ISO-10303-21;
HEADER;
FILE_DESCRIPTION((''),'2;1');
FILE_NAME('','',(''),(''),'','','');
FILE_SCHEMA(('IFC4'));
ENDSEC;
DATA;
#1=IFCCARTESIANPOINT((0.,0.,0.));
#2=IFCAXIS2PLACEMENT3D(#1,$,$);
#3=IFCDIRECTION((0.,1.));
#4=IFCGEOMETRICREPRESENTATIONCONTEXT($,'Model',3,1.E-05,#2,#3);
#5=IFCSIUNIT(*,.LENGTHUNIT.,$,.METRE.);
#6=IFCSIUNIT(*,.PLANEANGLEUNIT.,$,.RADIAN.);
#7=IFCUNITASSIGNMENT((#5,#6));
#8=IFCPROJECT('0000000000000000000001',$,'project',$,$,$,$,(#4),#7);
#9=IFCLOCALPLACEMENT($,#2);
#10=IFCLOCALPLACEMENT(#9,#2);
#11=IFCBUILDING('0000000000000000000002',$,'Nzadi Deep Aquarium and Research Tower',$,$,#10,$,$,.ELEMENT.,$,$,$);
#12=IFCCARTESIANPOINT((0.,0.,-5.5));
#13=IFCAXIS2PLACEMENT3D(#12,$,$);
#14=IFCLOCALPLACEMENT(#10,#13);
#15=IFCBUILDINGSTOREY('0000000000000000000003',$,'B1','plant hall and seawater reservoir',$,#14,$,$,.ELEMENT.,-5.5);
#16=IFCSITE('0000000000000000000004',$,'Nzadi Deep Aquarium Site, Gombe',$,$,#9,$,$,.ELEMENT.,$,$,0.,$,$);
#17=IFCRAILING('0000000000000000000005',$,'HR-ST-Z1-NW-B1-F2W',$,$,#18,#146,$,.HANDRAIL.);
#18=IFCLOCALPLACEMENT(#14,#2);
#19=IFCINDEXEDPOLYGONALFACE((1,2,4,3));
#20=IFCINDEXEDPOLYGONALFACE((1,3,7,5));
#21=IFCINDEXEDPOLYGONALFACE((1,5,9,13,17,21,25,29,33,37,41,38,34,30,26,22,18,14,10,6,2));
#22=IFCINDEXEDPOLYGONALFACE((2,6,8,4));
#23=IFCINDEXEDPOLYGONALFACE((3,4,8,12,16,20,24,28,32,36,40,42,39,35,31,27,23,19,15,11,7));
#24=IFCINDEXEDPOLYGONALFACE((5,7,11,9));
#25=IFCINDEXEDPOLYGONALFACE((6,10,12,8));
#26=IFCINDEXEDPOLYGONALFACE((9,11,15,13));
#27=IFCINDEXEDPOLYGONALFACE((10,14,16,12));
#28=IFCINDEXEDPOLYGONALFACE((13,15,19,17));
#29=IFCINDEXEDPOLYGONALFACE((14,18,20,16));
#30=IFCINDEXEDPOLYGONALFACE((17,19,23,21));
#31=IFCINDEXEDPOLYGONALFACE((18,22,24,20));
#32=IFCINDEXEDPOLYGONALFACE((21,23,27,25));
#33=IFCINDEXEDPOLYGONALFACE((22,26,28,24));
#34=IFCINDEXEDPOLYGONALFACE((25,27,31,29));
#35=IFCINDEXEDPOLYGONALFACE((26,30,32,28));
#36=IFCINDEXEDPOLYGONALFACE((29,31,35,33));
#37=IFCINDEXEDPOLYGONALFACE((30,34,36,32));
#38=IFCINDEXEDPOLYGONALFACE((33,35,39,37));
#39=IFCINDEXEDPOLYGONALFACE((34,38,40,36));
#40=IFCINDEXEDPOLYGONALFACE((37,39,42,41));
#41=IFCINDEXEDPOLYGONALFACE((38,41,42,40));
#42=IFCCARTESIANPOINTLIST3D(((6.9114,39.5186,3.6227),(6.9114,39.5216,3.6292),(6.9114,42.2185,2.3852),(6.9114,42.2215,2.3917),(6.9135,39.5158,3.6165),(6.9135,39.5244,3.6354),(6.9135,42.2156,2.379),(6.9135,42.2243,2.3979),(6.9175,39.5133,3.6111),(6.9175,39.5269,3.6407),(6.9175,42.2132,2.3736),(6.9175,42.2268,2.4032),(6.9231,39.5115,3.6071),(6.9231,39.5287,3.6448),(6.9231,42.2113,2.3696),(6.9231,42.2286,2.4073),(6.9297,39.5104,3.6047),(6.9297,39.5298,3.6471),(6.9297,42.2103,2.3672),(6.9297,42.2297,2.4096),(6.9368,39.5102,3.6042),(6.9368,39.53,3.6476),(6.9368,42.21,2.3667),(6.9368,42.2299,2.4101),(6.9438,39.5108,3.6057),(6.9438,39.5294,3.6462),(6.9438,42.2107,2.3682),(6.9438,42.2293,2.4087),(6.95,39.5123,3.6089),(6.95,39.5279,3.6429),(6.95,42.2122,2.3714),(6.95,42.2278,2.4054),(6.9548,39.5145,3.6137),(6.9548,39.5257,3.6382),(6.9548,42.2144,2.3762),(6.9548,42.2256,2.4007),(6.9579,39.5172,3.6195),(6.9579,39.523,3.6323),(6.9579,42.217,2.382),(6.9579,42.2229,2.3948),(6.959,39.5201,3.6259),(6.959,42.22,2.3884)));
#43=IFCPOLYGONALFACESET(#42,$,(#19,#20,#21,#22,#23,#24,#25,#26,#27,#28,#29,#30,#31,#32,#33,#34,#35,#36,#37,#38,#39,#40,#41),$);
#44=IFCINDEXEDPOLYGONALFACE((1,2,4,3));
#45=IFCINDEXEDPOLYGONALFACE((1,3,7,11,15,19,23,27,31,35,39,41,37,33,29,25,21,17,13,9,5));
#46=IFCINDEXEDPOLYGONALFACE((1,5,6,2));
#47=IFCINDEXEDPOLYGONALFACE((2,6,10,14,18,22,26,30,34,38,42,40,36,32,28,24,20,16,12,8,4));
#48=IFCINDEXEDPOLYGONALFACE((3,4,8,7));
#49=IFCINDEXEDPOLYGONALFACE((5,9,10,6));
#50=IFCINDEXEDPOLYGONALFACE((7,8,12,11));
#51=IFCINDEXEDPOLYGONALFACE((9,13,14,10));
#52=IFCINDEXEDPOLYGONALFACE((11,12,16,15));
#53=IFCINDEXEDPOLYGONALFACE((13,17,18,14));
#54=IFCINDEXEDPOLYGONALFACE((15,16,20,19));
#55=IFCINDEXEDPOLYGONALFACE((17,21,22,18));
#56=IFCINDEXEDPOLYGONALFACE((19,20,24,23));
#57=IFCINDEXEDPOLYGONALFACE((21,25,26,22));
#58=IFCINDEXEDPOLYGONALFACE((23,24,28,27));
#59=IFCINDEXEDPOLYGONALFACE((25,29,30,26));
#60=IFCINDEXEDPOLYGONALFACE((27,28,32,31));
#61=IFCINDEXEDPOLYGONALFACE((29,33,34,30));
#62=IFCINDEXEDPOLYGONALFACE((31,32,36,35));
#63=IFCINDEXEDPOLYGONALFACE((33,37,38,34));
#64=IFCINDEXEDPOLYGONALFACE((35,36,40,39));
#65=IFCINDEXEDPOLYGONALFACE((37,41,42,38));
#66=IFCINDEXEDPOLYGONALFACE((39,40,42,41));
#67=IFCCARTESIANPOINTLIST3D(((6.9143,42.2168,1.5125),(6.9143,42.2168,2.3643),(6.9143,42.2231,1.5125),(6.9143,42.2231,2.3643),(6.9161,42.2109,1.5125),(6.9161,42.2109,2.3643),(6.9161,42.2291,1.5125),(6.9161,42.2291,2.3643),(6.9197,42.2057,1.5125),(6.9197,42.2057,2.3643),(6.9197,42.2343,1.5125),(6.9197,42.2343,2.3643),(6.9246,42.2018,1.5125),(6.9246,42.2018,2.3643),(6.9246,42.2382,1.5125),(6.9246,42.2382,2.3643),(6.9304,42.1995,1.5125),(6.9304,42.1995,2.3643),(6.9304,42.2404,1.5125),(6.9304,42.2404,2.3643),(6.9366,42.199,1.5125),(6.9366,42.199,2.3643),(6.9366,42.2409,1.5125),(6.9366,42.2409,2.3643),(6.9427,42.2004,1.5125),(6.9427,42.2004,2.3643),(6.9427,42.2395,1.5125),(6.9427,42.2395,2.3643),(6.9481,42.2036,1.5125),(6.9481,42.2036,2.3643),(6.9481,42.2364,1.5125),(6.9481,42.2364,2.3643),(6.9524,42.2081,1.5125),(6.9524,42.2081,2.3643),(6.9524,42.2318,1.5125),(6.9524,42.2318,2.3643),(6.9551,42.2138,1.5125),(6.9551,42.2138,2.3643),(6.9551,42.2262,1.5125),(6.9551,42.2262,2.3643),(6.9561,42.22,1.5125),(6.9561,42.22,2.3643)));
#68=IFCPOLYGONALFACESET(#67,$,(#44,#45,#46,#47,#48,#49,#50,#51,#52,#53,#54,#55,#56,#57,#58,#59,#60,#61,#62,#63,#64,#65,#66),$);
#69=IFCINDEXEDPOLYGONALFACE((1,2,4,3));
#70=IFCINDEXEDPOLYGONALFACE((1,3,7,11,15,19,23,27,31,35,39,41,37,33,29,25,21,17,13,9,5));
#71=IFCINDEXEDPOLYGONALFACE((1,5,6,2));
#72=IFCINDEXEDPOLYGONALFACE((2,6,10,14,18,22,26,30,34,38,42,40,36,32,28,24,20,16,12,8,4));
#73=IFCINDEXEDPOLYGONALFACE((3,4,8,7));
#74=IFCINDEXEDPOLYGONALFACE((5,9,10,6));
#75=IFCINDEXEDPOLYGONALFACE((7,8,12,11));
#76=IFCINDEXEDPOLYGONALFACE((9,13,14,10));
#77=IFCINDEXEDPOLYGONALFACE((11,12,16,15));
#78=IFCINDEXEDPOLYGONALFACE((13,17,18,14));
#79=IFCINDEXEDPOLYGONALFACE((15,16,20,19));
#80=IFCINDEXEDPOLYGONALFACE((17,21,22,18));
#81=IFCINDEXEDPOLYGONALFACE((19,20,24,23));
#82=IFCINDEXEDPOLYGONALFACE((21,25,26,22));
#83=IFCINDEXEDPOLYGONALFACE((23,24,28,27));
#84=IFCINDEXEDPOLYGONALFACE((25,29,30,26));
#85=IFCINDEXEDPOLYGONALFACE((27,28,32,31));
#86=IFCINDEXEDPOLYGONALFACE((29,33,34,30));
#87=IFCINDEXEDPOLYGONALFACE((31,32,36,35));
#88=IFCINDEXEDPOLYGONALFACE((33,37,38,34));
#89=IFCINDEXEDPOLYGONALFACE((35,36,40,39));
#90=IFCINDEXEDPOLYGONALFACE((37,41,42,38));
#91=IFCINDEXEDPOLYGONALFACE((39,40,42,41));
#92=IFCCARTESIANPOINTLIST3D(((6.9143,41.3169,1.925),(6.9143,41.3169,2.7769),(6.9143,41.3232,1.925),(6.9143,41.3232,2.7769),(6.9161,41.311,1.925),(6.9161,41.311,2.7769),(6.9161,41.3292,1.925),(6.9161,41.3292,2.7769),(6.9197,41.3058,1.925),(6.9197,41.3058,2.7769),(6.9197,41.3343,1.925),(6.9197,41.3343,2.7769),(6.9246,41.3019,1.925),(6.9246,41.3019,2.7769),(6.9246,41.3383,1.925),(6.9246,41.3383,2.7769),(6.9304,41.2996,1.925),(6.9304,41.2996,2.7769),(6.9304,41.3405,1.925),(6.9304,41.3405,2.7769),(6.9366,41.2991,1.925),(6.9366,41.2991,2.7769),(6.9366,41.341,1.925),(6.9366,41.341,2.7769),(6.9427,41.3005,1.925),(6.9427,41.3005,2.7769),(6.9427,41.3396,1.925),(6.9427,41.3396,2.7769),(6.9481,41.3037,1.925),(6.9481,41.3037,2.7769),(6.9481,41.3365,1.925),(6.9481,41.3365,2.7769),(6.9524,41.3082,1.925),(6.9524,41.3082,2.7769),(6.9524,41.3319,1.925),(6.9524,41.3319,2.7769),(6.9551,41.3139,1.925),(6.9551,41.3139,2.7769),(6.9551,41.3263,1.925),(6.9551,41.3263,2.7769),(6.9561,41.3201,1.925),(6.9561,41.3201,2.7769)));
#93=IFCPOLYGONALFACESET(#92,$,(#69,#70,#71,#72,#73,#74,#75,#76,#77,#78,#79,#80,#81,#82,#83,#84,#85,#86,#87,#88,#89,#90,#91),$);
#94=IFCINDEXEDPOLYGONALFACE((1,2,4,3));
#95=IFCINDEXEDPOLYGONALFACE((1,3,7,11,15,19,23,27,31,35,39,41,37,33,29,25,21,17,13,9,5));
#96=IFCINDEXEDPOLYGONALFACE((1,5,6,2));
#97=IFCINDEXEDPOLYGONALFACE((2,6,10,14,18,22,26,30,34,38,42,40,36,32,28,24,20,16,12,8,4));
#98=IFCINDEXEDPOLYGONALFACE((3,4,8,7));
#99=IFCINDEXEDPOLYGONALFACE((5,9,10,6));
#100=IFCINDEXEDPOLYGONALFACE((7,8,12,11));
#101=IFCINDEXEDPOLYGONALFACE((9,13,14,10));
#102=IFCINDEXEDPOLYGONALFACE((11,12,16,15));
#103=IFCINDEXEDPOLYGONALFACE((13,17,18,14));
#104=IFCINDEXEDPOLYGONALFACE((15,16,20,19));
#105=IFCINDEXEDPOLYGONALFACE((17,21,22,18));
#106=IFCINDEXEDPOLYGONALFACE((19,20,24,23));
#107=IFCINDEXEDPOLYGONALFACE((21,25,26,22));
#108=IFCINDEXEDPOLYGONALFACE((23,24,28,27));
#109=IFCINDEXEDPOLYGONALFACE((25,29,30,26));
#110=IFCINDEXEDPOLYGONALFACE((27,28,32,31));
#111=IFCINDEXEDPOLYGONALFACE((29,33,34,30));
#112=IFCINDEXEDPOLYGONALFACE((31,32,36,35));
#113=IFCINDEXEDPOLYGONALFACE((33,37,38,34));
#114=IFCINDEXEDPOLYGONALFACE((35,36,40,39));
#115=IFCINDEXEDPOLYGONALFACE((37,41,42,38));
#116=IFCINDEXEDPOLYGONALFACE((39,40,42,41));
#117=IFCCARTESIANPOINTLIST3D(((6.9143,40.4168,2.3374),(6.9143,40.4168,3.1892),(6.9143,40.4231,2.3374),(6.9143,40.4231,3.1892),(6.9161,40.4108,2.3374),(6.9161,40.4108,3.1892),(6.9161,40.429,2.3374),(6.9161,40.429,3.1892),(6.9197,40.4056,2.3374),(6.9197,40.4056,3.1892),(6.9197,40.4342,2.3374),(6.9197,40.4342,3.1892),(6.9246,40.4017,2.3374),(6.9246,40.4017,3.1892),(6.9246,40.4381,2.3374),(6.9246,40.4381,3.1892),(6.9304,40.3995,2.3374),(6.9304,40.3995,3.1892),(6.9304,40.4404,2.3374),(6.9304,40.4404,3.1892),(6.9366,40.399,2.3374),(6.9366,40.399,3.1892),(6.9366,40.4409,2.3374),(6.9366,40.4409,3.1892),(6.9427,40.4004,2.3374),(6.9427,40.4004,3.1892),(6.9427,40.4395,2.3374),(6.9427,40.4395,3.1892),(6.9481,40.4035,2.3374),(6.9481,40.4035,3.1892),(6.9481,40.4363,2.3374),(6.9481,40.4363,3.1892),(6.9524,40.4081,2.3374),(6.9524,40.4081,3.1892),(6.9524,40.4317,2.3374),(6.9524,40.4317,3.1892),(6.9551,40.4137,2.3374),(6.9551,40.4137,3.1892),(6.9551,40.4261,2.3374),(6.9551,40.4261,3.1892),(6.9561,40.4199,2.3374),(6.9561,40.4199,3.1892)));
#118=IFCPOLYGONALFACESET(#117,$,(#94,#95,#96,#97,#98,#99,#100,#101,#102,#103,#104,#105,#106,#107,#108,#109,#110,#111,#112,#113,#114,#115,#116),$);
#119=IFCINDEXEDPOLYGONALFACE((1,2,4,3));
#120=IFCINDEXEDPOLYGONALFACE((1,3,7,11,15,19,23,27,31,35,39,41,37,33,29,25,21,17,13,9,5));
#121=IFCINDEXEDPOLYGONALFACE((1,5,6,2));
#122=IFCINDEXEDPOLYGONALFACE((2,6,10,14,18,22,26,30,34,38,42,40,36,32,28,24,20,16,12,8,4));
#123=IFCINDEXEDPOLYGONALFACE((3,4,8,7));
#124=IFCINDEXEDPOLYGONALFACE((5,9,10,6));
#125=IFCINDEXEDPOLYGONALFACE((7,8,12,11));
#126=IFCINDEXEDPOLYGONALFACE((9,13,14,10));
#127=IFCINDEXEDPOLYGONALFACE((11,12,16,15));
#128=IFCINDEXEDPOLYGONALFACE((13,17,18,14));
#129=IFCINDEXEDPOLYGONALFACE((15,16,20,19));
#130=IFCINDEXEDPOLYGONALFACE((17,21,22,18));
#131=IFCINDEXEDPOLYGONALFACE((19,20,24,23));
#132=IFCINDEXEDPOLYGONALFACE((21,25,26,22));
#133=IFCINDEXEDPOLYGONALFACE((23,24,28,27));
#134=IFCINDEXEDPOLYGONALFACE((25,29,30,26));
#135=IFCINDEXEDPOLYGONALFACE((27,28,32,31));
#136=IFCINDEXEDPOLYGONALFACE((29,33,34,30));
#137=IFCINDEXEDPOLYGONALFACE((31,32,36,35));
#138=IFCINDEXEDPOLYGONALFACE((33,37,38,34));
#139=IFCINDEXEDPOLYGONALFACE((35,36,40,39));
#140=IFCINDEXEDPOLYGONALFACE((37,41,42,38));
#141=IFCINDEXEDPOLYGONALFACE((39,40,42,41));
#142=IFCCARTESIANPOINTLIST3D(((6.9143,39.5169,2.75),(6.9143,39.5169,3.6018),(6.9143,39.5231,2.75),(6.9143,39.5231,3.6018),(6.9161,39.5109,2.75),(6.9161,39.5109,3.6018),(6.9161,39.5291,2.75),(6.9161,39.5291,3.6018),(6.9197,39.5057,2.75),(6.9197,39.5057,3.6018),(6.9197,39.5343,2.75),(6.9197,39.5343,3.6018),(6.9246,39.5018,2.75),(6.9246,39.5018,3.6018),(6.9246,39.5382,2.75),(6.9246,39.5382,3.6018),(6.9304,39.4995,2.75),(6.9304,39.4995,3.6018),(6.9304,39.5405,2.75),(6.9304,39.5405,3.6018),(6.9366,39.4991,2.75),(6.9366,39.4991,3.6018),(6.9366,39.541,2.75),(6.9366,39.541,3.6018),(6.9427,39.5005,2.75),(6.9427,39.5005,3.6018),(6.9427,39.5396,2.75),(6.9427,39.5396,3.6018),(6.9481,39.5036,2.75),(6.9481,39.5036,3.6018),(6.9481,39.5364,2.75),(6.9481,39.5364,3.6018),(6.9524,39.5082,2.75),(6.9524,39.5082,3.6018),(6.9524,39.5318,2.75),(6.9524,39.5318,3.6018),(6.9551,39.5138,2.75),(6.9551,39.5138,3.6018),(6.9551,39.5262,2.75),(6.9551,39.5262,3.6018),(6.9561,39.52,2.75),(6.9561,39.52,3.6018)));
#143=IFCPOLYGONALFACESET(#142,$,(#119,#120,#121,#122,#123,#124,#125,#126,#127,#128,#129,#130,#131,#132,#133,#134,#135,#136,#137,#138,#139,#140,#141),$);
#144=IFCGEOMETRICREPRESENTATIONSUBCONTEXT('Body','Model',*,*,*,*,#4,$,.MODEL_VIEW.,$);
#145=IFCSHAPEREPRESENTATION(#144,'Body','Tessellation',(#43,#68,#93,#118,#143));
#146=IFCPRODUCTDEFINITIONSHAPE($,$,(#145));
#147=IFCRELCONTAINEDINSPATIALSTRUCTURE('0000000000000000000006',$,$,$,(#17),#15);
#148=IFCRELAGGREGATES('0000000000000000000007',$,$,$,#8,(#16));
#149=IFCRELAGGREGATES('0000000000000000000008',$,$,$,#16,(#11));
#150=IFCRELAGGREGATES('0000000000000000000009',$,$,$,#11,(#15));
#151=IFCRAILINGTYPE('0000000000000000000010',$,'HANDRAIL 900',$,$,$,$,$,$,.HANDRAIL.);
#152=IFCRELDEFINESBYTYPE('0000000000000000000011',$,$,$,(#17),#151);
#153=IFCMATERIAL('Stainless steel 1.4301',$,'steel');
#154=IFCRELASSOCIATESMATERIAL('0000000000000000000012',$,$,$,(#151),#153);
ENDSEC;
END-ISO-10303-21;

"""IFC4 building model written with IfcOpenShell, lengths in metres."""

from ifc_helpers import new_model, si_unit, direction, frame, origin, origin_2d, place, context, subcontext, project, spatial, circle, extrude, material, type_object, element, save


model = new_model("IFC4")

# Units and contexts
model_context = context("Model", 3, precision=1e-05, world=origin(), true_north=direction((0.0, 1.0)))
body_context = subcontext(model_context, "Body", "Model", "MODEL_VIEW")
ifc_project = project(units=[si_unit("LENGTHUNIT", "METRE"), si_unit("PLANEANGLEUNIT", "RADIAN")], contexts=[model_context])

# Site, building, storey
site_placement = place(None, origin())
site = spatial("IfcSite", under=ifc_project, at=site_placement, Name="Nzadi Deep Aquarium Site, Gombe", CompositionType="ELEMENT", RefElevation=0.0)
building_placement = place(site_placement, origin())
building = spatial("IfcBuilding", under=site, at=building_placement, Name="Nzadi Deep Aquarium and Research Tower", CompositionType="ELEMENT")
storey_placement = place(building_placement, frame((0.0, 0.0, -5.5)))
storey = spatial("IfcBuildingStorey", under=building, at=storey_placement, Name="B1", Description="plant hall and seawater reservoir", CompositionType="ELEMENT", Elevation=-5.5)

# Railing
ifc_material_1 = material(Name="Stainless steel 1.4301", Category="steel")
railing_type = type_object("IfcRailingType", Name="HANDRAIL 900", PredefinedType="HANDRAIL", material=ifc_material_1)
railing_1_placement = place(storey_placement, frame((6.9351, 42.22, 1.5125)))
element("IfcRailing", 1, at=railing_1_placement, inside=storey, type_object=railing_type, Name="HR-ST-Z1-NW-B1-F2W", PredefinedType="HANDRAIL", context=body_context, shape_type="SweptSolid", body=[
    extrude(circle(Radius=0.0239, at=origin_2d()), frame((0.0, 0.0, 0.876), z_axis=(0.0, -0.909056, 0.416675), x_axis=(1.0, 0.0, 0.0)), (0.0, 0.0, 1.0), 2.97),
    extrude(circle(Radius=0.021, at=origin_2d()), origin(), (0.0, 0.0, 1.0), 0.8518),
    extrude(circle(Radius=0.021, at=origin_2d()), frame((0.0, -0.8999, 0.4126)), (0.0, 0.0, 1.0), 0.8518),
    extrude(circle(Radius=0.021, at=origin_2d()), frame((0.0, -1.8, 0.825)), (0.0, 0.0, 1.0), 0.8518),
    extrude(circle(Radius=0.021, at=origin_2d()), frame((0.0, -2.7, 1.2375)), (0.0, 0.0, 1.0), 0.8518),
])

save(model, "model.ifc")
